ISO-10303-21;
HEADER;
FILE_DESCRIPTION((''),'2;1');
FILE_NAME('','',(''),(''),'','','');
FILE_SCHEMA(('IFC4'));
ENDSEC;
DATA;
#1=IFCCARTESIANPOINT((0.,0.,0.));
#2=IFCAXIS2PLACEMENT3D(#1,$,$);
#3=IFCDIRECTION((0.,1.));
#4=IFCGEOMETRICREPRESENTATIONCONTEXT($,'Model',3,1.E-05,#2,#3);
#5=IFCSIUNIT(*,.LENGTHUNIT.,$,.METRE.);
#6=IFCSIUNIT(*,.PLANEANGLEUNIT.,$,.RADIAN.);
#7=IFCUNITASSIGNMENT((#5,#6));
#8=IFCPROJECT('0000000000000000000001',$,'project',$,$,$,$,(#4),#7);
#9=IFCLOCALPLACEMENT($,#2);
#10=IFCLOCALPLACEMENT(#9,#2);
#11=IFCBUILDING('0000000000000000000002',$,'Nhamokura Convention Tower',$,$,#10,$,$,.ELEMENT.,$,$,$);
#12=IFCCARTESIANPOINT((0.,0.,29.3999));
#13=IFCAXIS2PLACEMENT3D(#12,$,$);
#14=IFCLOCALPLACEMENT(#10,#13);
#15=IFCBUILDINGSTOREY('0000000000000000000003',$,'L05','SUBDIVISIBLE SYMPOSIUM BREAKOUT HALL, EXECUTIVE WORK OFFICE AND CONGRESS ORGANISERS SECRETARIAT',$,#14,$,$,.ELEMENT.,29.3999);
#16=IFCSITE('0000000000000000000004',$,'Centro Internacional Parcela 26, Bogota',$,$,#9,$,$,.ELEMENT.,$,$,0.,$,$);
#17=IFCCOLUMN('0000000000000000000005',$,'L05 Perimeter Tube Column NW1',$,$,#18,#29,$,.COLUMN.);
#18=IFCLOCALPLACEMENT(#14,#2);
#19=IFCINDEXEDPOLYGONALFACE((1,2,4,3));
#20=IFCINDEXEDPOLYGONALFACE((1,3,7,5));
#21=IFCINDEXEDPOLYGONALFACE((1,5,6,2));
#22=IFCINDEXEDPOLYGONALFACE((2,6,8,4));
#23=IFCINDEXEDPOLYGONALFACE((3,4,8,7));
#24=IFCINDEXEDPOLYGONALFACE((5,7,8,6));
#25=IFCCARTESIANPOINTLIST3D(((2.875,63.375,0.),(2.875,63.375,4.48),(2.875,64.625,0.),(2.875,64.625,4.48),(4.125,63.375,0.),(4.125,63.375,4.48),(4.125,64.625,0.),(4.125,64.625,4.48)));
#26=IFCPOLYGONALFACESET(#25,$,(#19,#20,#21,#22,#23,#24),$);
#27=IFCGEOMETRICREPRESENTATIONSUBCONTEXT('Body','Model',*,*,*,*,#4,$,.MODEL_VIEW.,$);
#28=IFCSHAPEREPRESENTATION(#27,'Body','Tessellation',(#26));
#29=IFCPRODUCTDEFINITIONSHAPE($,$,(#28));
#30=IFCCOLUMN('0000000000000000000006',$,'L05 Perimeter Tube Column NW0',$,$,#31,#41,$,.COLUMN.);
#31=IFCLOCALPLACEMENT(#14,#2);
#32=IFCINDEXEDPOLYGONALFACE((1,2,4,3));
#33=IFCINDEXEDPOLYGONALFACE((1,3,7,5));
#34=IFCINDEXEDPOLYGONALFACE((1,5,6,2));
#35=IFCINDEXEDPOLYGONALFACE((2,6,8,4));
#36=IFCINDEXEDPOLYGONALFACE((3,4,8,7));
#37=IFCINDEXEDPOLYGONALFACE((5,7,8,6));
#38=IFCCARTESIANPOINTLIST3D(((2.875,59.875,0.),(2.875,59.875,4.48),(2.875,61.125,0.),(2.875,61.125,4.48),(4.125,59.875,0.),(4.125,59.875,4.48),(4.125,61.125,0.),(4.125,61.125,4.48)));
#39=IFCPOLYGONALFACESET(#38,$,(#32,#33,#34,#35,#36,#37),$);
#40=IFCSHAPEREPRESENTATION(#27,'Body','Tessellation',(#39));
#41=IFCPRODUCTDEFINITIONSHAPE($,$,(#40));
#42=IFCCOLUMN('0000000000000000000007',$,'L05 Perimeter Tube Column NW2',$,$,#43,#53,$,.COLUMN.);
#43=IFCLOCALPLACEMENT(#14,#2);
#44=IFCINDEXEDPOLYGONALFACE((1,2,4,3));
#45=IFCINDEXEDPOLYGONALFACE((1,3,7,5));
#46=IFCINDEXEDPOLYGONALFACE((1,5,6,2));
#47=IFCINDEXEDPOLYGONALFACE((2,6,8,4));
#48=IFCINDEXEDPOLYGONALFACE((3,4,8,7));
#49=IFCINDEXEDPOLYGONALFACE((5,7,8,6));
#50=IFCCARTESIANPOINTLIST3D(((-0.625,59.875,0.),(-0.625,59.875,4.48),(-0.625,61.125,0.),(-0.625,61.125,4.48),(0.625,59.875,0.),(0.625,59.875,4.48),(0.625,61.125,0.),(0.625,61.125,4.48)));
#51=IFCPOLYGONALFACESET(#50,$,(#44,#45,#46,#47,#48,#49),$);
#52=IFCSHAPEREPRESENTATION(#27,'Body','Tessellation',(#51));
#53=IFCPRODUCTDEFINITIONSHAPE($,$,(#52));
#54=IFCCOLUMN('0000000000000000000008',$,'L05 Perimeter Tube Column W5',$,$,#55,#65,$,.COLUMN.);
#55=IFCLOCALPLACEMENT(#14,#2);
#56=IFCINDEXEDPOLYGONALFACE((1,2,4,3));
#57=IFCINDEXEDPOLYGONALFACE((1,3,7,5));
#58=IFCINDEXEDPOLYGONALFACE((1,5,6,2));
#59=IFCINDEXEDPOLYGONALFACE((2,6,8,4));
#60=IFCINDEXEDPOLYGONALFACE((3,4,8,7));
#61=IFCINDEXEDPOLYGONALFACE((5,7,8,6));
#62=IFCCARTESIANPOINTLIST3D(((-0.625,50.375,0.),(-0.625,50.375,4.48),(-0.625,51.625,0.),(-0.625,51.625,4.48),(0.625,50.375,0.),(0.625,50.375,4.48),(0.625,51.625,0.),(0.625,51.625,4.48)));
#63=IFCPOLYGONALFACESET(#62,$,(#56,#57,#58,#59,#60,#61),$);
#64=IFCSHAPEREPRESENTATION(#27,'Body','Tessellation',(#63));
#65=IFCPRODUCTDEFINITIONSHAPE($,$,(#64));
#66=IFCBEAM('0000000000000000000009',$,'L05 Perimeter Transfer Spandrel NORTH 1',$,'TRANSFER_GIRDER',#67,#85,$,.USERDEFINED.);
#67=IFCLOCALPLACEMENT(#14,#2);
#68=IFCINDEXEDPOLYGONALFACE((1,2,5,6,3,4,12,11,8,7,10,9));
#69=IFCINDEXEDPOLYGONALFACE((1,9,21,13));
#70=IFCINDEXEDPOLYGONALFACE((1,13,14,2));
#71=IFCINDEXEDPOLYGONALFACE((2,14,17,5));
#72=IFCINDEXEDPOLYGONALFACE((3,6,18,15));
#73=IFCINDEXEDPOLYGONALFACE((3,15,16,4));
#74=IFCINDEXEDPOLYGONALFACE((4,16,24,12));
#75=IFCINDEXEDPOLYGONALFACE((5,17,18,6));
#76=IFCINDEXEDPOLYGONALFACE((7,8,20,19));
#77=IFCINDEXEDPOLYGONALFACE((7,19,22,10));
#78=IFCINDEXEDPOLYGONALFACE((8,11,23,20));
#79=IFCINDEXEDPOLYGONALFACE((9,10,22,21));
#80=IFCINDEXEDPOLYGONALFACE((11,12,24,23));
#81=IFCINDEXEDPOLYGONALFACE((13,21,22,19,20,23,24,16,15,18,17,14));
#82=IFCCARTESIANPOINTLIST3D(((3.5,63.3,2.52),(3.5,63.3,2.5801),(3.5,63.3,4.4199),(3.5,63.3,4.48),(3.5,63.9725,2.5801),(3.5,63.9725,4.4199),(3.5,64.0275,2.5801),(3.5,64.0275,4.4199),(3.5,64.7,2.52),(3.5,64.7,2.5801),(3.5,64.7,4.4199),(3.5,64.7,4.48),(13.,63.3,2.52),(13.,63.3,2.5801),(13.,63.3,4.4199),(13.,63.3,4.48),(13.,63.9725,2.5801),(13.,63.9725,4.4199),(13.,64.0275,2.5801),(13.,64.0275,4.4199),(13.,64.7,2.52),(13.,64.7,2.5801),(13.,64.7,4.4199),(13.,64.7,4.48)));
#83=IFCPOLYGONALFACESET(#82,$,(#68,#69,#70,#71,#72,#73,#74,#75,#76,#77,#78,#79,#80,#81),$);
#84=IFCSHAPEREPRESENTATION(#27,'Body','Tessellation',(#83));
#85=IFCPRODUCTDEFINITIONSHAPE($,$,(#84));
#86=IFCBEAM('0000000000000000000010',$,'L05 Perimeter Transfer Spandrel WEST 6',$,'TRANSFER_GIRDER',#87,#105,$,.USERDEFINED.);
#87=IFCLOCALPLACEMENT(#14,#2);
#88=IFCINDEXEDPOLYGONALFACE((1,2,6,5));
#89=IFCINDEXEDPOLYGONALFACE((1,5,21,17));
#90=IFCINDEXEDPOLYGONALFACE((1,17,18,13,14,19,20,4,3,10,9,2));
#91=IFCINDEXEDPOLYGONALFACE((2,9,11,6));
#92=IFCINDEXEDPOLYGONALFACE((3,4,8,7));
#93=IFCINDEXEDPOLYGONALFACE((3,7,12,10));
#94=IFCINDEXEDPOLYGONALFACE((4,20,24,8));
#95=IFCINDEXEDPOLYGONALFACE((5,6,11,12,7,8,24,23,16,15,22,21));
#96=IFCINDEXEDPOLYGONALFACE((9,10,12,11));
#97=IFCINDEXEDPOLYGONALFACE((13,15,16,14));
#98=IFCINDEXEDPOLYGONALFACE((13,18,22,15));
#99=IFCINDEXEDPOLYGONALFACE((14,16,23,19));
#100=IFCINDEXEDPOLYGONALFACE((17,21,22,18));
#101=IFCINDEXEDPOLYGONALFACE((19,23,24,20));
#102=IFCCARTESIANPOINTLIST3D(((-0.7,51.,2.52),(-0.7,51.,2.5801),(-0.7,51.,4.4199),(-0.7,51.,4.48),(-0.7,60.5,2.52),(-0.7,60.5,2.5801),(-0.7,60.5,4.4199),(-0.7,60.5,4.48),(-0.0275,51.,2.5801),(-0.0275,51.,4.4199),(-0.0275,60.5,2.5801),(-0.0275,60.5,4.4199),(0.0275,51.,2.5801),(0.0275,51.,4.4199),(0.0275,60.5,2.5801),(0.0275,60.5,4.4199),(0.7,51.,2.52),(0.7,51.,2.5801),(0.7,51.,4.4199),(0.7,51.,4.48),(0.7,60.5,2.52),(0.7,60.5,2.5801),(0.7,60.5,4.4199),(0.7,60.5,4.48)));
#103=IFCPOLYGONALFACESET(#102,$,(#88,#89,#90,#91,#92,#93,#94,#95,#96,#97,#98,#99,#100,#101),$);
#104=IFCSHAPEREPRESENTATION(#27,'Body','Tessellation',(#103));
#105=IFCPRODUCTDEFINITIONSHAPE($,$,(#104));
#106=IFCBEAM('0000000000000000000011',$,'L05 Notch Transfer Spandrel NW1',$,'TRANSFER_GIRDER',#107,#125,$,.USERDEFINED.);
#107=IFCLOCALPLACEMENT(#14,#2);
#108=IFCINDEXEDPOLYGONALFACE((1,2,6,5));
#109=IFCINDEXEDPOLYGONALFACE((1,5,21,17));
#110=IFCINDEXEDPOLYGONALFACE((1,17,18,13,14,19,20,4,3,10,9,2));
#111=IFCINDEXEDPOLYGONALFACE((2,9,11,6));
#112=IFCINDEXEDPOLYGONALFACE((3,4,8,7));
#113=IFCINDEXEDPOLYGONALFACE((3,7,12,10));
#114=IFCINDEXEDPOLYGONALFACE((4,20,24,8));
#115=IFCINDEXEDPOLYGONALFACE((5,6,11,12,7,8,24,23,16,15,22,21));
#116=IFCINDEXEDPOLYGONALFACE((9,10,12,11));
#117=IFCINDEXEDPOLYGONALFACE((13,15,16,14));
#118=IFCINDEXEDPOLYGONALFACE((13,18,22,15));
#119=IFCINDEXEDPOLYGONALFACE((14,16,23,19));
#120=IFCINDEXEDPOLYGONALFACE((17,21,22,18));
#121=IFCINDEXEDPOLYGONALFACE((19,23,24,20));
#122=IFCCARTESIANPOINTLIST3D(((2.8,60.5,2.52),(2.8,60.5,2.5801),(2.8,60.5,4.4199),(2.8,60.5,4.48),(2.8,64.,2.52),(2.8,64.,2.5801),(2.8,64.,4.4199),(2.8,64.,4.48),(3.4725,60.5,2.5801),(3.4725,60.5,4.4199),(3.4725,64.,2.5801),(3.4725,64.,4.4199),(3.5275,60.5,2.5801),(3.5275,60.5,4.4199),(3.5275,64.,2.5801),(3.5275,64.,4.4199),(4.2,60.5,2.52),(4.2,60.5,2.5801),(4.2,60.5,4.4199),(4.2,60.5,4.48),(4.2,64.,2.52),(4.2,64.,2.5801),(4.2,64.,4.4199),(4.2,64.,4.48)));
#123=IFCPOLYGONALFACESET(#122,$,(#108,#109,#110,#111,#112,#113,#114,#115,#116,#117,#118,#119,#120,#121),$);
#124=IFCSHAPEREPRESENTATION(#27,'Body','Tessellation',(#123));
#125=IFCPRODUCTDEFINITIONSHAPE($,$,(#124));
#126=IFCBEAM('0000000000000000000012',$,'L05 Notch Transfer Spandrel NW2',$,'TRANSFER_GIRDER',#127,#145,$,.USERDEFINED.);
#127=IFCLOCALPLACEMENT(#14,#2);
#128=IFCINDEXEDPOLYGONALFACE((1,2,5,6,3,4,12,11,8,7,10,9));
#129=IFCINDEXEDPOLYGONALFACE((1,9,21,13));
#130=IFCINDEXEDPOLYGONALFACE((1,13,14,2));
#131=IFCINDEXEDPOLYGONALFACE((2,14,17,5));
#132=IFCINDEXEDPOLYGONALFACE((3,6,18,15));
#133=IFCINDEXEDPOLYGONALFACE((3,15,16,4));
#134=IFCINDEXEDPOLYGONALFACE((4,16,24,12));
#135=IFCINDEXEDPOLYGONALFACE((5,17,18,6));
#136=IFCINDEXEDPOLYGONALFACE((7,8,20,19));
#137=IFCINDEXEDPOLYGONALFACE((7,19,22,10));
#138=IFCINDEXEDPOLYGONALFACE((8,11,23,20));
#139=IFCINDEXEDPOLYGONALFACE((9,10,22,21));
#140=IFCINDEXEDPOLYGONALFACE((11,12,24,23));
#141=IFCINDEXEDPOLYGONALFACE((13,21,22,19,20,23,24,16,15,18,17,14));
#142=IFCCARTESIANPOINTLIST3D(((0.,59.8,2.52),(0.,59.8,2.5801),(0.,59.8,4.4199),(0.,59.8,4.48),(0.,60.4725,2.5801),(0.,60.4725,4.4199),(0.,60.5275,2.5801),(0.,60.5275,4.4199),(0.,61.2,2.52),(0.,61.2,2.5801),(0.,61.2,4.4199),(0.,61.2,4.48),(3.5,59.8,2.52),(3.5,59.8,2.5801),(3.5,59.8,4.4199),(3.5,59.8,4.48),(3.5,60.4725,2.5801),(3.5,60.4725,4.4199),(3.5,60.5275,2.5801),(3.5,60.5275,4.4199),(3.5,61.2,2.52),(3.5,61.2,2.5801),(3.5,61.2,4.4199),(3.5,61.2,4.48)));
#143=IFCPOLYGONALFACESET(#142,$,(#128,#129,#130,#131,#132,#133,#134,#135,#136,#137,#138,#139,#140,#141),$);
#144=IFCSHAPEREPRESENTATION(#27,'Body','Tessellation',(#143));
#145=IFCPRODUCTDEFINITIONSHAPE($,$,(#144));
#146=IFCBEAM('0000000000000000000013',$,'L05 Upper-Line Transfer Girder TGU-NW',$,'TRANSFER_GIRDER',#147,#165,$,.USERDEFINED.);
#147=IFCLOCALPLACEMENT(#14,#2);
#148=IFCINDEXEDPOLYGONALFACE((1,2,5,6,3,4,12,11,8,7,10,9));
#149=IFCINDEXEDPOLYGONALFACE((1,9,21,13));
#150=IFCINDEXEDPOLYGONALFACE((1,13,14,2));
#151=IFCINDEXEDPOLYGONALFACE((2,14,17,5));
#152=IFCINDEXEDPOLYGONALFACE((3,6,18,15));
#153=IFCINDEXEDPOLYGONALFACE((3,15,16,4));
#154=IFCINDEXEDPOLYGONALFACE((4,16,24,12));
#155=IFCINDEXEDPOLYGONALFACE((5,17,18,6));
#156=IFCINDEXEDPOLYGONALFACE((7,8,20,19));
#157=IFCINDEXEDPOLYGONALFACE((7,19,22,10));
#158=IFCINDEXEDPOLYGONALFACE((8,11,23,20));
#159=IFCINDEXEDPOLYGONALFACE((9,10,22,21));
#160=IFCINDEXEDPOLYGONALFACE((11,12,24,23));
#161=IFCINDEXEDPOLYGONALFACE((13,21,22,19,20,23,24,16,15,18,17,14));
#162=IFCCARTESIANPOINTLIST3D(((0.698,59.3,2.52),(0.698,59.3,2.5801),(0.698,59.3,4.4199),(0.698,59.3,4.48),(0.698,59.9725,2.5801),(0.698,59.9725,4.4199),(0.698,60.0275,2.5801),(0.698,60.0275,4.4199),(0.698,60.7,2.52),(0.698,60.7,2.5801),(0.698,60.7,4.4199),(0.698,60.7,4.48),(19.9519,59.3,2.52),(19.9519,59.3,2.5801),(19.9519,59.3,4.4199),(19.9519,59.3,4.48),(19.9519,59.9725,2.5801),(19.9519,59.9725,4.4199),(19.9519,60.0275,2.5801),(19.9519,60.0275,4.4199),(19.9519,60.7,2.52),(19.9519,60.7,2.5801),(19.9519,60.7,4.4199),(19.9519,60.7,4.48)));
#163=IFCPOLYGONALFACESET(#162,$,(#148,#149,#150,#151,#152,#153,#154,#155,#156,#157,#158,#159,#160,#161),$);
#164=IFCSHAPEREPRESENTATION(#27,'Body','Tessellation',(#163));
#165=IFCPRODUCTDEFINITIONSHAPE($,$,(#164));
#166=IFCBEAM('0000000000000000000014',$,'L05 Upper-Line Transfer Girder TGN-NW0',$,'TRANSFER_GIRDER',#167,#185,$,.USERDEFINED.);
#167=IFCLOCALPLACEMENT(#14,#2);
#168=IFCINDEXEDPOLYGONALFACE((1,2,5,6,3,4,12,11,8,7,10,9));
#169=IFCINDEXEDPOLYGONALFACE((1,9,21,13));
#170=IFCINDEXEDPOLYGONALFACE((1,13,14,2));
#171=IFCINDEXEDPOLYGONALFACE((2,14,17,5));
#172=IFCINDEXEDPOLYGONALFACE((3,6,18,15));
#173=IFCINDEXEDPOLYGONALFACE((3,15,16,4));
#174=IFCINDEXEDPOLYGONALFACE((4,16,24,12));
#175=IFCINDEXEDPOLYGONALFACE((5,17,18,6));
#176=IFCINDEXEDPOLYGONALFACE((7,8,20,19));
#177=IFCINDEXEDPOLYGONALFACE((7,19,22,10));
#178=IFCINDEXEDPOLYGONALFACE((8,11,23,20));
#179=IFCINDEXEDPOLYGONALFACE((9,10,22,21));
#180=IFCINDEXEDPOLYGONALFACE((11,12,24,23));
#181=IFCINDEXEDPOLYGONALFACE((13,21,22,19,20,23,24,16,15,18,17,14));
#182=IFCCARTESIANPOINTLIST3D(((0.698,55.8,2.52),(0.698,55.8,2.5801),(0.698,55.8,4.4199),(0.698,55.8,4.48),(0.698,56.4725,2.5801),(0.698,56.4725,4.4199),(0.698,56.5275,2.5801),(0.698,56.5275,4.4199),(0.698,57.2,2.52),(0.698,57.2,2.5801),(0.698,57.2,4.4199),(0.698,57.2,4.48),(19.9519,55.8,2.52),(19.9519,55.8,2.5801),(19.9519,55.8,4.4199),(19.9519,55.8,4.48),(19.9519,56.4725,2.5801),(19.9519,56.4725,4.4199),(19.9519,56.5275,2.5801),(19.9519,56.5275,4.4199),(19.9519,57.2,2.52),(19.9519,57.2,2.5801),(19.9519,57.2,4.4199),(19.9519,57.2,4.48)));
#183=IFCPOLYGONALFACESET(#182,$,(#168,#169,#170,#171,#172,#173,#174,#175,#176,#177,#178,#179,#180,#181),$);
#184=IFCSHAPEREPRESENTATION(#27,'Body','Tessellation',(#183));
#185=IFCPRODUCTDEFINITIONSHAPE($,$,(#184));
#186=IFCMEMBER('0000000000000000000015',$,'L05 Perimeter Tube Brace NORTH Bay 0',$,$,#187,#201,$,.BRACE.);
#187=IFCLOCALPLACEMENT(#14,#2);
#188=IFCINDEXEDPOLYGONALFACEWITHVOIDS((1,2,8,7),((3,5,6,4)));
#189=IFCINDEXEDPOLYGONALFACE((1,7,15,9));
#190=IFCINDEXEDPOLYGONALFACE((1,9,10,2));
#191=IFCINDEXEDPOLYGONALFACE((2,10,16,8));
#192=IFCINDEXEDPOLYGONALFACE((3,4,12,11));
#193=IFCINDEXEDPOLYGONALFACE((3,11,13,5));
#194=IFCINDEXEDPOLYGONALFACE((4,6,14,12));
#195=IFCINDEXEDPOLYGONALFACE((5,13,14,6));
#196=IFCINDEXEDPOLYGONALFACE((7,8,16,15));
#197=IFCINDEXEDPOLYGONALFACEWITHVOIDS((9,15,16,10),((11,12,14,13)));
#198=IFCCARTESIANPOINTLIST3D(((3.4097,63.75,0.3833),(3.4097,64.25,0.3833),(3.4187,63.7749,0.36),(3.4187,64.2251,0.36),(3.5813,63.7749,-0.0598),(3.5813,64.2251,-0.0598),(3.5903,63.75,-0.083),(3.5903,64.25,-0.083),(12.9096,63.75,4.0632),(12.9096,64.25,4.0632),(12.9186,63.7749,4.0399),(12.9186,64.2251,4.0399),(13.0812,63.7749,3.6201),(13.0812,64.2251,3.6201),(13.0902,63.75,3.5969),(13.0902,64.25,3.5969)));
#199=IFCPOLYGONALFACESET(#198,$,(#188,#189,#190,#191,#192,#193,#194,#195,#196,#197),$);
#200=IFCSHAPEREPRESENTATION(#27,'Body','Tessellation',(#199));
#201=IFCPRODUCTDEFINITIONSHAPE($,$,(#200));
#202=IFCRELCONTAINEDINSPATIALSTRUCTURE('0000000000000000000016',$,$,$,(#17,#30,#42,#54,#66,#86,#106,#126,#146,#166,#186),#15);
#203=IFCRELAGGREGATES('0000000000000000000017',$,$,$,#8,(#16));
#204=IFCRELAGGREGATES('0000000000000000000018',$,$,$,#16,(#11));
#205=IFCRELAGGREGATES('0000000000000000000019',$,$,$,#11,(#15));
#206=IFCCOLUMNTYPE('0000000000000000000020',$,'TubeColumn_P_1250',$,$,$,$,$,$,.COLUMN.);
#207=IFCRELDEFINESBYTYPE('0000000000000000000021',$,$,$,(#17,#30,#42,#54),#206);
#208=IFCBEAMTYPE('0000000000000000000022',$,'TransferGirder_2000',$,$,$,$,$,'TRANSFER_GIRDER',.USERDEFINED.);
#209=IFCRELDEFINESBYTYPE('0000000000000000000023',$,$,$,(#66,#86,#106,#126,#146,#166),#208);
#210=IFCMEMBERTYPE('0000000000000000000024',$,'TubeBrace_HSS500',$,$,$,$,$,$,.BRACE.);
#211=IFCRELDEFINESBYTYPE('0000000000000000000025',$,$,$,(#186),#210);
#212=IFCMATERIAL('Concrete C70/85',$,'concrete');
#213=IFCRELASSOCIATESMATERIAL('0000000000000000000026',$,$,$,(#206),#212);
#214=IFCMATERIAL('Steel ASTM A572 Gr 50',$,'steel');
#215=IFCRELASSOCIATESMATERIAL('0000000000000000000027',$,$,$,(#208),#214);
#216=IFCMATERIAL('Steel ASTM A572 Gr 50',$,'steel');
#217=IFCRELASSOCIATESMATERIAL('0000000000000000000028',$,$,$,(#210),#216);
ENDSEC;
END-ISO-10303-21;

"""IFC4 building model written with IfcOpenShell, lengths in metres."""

from ifc_helpers import new_model, si_unit, direction, frame, origin, origin_2d, place, context, subcontext, project, spatial, rectangle, hollow_rectangle, i_section, extrude, material, material_profile, profile_set, type_object, element, save


model = new_model("IFC4")

# Units and contexts
model_context = context("Model", 3, precision=1e-05, world=origin(), true_north=direction((0.0, 1.0)))
body_context = subcontext(model_context, "Body", "Model", "MODEL_VIEW")
ifc_project = project(units=[si_unit("LENGTHUNIT", "METRE"), si_unit("PLANEANGLEUNIT", "RADIAN")], contexts=[model_context])

# Site, building, storey
site_placement = place(None, origin())
site = spatial("IfcSite", under=ifc_project, at=site_placement, Name="Centro Internacional Parcela 26, Bogota", CompositionType="ELEMENT", RefElevation=0.0)
building_placement = place(site_placement, origin())
building = spatial("IfcBuilding", under=site, at=building_placement, Name="Nhamokura Convention Tower", CompositionType="ELEMENT")
storey_placement = place(building_placement, frame((0.0, 0.0, 29.3999)))
storey = spatial("IfcBuildingStorey", under=building, at=storey_placement, Name="L05", Description="SUBDIVISIBLE SYMPOSIUM BREAKOUT HALL, EXECUTIVE WORK OFFICE AND CONGRESS ORGANISERS SECRETARIAT", CompositionType="ELEMENT", Elevation=29.3999)

# Columns
ifc_material_1 = material(Name="Concrete C70/85", Category="concrete")
ifc_material_profile_1 = material_profile(ifc_material_1, rectangle(XDim=1.25, YDim=1.25, at=origin_2d()))
ifc_profile_set_1 = profile_set([ifc_material_profile_1], Name="Concrete C70/85")
column_type = type_object("IfcColumnType", Name="TubeColumn_P_1250", PredefinedType="COLUMN", material=ifc_profile_set_1)
for number, where, z_axis, x_axis, name in (
    (1, (3.5, 64.0, 0.0), (0.0, 0.0, 1.0), (1.0, 0.0, 0.0), "L05 Perimeter Tube Column NW1"),
    (2, (3.5, 60.5, 0.0), (0.0, 0.0, 1.0), (1.0, 0.0, 0.0), "L05 Perimeter Tube Column NW0"),
    (3, (0.0, 60.5, 0.0), (0.0, 0.0, 1.0), (1.0, 0.0, 0.0), "L05 Perimeter Tube Column NW2"),
    (4, (0.0, 51.0, 0.0), (0.0, 0.0, 1.0), (1.0, 0.0, 0.0), "L05 Perimeter Tube Column W5"),
):
    element("IfcColumn", number, at=place(storey_placement, frame(where, z_axis=z_axis, x_axis=x_axis)), inside=storey, type_object=column_type, Name=name, PredefinedType="COLUMN", context=body_context, shape_type="SweptSolid", body=[
        extrude(rectangle(XDim=1.25, YDim=1.25, at=origin_2d()), origin(), (0.0, 0.0, 1.0), 4.48),
    ])

# Beams
ifc_material_2 = material(Name="Steel ASTM A572 Gr 50", Category="steel")
ifc_material_profile_2 = material_profile(ifc_material_2, i_section(OverallWidth=1.3999, OverallDepth=1.96, WebThickness=0.0549, FlangeThickness=0.0601, at=origin_2d()))
ifc_profile_set_2 = profile_set([ifc_material_profile_2], Name="Steel ASTM A572 Gr 50")
beam_type = type_object("IfcBeamType", Name="TransferGirder_2000", ElementType="TRANSFER_GIRDER", PredefinedType="USERDEFINED", material=ifc_profile_set_2)
for number, where, z_axis, x_axis, name in (
    (5, (3.5, 64.0, 3.5), (1.0, 0.0, 0.0), (0.0, 1.0, 0.0), "L05 Perimeter Transfer Spandrel NORTH 1"),
    (6, (0.0, 51.0, 3.5), (0.0, 1.0, 0.0), (-1.0, 0.0, 0.0), "L05 Perimeter Transfer Spandrel WEST 6"),
):
    element("IfcBeam", number, at=place(storey_placement, frame(where, z_axis=z_axis, x_axis=x_axis)), inside=storey, type_object=beam_type, Name=name, ObjectType="TRANSFER_GIRDER", PredefinedType="USERDEFINED", context=body_context, shape_type="SweptSolid", body=[
        extrude(i_section(OverallWidth=1.3999, OverallDepth=1.96, WebThickness=0.0549, FlangeThickness=0.0601, at=origin_2d()), origin(), (0.0, 0.0, 1.0), 9.5),
    ])
for number, where, z_axis, x_axis, name in (
    (7, (3.5, 64.0, 3.5), (0.0, -1.0, 0.0), (1.0, 0.0, 0.0), "L05 Notch Transfer Spandrel NW1"),
    (8, (3.5, 60.5, 3.5), (-1.0, 0.0, 0.0), (0.0, -1.0, 0.0), "L05 Notch Transfer Spandrel NW2"),
):
    element("IfcBeam", number, at=place(storey_placement, frame(where, z_axis=z_axis, x_axis=x_axis)), inside=storey, type_object=beam_type, Name=name, ObjectType="TRANSFER_GIRDER", PredefinedType="USERDEFINED", context=body_context, shape_type="SweptSolid", body=[
        extrude(i_section(OverallWidth=1.3999, OverallDepth=1.96, WebThickness=0.0549, FlangeThickness=0.0601, at=origin_2d()), origin(), (0.0, 0.0, 1.0), 3.5),
    ])
for number, where, z_axis, x_axis, name in (
    (9, (0.698, 60.0, 3.5), (1.0, 0.0, 0.0), (0.0, 1.0, 0.0), "L05 Upper-Line Transfer Girder TGU-NW"),
    (10, (0.698, 56.5, 3.5), (1.0, 0.0, 0.0), (0.0, 1.0, 0.0), "L05 Upper-Line Transfer Girder TGN-NW0"),
):
    element("IfcBeam", number, at=place(storey_placement, frame(where, z_axis=z_axis, x_axis=x_axis)), inside=storey, type_object=beam_type, Name=name, ObjectType="TRANSFER_GIRDER", PredefinedType="USERDEFINED", context=body_context, shape_type="SweptSolid", body=[
        extrude(i_section(OverallWidth=1.3999, OverallDepth=1.96, WebThickness=0.0549, FlangeThickness=0.0601, at=origin_2d()), origin(), (0.0, 0.0, 1.0), 19.2539),
    ])

# Member
ifc_material_3 = material(Name="Steel ASTM A572 Gr 50", Category="steel")
ifc_material_profile_3 = material_profile(ifc_material_3, hollow_rectangle(XDim=0.5, YDim=0.5, WallThickness=0.0249, at=origin_2d()))
ifc_profile_set_3 = profile_set([ifc_material_profile_3], Name="Steel ASTM A572 Gr 50")
member_type = type_object("IfcMemberType", Name="TubeBrace_HSS500", PredefinedType="BRACE", material=ifc_profile_set_3)
for number, where, z_axis, x_axis, name in (
    (11, (3.5, 64.0, 0.1501), (0.932485, 0.0, 0.361209), (0.0, 1.0, 0.0), "L05 Perimeter Tube Brace NORTH Bay 0"),
):
    element("IfcMember", number, at=place(storey_placement, frame(where, z_axis=z_axis, x_axis=x_axis)), inside=storey, type_object=member_type, Name=name, PredefinedType="BRACE", context=body_context, shape_type="SweptSolid", body=[
        extrude(hollow_rectangle(XDim=0.5, YDim=0.5, WallThickness=0.0249, at=origin_2d()), origin(), (0.0, 0.0, 1.0), 10.1877),
    ])

save(model, "model.ifc")
